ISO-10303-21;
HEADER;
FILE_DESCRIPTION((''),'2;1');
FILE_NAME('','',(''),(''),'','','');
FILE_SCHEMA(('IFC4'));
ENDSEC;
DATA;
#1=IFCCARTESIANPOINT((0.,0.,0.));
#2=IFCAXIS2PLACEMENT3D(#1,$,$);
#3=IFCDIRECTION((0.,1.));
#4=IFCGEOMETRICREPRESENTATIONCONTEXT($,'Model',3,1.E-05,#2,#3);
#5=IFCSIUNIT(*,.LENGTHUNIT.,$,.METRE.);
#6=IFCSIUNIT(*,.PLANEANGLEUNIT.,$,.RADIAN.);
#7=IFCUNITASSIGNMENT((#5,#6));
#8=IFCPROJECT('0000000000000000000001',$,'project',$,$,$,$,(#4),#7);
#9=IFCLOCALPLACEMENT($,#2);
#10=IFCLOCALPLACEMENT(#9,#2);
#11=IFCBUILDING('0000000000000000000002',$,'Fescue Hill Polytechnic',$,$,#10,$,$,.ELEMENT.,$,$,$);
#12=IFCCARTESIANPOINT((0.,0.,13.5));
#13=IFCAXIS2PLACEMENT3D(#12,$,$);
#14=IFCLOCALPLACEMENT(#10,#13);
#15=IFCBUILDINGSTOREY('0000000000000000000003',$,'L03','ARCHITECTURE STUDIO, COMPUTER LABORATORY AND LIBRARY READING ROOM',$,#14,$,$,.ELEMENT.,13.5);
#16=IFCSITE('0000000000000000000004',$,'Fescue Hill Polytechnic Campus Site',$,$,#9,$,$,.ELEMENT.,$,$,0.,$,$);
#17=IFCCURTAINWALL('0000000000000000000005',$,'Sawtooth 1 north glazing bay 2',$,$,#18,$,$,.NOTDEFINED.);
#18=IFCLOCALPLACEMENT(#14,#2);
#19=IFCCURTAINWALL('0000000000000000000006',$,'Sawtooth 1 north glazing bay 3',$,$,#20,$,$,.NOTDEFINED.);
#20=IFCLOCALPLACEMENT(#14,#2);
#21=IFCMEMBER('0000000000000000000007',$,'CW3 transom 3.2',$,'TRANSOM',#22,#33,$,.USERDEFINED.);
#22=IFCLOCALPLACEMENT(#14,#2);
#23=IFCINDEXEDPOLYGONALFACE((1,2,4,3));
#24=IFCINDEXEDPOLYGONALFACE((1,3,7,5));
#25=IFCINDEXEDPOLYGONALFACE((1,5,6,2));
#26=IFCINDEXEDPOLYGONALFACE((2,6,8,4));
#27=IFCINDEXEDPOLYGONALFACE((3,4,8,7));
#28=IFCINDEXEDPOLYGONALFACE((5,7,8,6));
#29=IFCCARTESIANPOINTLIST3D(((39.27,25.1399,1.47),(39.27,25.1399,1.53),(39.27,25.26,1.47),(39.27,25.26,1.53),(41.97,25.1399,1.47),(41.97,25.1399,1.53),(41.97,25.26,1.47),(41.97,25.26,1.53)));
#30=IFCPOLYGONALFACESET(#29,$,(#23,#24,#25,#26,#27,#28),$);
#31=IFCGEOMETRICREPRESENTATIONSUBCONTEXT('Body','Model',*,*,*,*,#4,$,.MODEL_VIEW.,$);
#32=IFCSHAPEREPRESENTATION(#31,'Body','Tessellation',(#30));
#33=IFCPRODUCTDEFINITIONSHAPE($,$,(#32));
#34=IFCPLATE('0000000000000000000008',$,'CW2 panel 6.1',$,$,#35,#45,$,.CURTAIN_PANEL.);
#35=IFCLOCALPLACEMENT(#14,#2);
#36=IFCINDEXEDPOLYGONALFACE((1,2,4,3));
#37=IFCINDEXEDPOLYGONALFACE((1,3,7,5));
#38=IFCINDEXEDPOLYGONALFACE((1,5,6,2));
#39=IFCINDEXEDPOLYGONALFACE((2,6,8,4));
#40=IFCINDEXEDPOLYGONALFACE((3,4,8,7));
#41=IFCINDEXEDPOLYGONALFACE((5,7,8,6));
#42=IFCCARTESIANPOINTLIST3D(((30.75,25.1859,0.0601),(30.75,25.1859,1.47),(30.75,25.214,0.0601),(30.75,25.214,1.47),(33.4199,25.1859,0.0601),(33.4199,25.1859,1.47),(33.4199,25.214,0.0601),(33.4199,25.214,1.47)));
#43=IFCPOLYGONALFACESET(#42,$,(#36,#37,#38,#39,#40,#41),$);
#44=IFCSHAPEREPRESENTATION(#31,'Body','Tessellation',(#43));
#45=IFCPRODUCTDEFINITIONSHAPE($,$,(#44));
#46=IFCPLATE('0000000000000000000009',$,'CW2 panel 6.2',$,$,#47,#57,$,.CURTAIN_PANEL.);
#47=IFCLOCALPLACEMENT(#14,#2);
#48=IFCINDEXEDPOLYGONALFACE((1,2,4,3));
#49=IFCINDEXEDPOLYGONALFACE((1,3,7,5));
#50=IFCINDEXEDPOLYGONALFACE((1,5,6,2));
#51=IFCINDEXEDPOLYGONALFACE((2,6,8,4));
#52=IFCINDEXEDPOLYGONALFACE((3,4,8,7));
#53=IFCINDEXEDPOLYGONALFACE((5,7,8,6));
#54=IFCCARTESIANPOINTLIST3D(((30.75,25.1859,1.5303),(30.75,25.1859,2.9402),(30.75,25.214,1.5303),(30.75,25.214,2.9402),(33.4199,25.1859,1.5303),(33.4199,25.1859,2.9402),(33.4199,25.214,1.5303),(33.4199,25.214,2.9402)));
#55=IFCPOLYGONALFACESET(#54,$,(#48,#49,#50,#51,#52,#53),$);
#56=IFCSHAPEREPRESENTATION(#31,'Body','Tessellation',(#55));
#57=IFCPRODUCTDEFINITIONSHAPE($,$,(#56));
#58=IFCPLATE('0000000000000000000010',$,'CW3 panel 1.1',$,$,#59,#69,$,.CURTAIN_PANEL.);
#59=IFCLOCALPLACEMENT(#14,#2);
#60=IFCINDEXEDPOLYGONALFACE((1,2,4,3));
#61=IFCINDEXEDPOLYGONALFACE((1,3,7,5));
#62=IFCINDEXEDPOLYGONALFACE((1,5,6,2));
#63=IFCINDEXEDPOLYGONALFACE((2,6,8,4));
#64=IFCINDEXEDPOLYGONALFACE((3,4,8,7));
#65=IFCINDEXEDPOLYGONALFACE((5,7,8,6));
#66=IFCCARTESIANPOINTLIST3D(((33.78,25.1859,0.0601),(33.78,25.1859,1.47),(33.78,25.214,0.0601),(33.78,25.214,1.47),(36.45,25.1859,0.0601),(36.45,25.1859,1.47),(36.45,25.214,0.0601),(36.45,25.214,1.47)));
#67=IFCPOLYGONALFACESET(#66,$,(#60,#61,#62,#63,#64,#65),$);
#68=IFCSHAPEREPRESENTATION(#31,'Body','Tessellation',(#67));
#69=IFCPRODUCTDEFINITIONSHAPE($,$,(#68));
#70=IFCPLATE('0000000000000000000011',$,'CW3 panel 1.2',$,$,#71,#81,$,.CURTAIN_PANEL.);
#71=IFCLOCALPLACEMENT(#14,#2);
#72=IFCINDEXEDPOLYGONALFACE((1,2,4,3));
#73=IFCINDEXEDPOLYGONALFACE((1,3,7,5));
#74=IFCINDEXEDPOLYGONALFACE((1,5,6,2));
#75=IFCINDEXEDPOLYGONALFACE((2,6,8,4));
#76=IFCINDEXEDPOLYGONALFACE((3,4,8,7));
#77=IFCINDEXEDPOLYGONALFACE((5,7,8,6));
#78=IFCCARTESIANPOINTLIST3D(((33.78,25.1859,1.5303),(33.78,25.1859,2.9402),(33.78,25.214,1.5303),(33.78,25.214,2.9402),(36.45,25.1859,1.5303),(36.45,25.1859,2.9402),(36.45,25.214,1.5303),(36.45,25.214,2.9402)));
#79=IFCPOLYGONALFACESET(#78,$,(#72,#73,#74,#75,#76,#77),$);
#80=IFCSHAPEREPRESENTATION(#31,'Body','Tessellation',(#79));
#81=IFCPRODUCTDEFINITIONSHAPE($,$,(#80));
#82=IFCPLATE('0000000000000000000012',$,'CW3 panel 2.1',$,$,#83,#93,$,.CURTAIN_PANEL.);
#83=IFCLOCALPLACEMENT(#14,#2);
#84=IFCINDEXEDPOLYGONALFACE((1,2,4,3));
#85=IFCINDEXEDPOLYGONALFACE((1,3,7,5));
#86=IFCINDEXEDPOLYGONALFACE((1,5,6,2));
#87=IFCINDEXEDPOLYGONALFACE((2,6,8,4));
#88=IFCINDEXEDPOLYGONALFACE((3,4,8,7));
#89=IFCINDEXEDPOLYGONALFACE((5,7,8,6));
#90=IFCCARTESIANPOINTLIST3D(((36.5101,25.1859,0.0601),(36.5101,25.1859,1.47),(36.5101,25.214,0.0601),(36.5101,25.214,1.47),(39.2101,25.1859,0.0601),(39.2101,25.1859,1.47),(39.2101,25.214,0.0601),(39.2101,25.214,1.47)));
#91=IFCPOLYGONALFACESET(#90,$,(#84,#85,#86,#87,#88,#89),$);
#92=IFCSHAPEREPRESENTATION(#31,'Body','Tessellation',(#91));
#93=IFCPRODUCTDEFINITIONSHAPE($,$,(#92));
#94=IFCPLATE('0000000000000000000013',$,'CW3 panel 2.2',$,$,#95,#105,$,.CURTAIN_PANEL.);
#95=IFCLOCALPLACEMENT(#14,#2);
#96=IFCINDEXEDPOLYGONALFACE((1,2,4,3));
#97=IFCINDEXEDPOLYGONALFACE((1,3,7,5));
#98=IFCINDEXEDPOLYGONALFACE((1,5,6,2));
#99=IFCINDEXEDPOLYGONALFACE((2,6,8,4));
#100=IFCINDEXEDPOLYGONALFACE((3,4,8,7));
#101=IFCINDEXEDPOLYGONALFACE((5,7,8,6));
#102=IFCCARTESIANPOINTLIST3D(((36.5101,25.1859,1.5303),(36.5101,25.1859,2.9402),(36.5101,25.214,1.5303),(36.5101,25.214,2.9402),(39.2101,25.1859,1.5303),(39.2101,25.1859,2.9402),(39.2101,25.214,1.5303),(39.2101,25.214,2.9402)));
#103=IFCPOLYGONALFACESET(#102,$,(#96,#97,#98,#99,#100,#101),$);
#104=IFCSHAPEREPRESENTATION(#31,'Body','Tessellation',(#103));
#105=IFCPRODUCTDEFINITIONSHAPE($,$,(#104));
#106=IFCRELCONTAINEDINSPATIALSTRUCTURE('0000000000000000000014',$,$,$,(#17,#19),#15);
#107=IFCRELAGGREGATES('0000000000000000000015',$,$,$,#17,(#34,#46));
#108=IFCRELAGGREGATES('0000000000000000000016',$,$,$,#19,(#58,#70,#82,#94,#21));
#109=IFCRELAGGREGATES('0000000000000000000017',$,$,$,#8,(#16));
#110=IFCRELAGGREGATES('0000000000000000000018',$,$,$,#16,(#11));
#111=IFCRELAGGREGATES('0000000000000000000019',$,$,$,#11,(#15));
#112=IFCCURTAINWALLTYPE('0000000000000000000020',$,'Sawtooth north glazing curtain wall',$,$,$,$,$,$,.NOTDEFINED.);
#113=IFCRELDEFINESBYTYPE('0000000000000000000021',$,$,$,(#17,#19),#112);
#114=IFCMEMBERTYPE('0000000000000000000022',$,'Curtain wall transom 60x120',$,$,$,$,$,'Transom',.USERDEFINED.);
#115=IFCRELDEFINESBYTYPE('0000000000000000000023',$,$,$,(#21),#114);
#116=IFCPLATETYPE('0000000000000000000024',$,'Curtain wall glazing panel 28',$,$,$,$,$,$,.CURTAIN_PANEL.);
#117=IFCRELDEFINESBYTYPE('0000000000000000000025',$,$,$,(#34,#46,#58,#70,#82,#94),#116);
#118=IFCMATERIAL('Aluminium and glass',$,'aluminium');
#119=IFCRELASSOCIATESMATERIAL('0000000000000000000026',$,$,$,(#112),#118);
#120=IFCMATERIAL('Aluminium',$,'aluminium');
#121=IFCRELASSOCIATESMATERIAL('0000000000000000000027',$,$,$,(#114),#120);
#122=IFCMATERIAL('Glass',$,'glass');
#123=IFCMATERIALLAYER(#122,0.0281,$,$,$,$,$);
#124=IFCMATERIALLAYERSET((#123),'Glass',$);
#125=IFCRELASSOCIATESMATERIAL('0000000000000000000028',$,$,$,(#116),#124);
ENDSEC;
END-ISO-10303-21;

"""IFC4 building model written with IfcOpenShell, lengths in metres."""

from ifc_helpers import new_model, si_unit, direction, frame, origin, origin_2d, place, context, subcontext, project, spatial, rectangle, extrude, material, layer, layer_set, material_profile, profile_set, type_object, element, aggregate, save


model = new_model("IFC4")

# Units and contexts
model_context = context("Model", 3, precision=1e-05, world=origin(), true_north=direction((0.0, 1.0)))
body_context = subcontext(model_context, "Body", "Model", "MODEL_VIEW")
ifc_project = project(units=[si_unit("LENGTHUNIT", "METRE"), si_unit("PLANEANGLEUNIT", "RADIAN")], contexts=[model_context])

# Site, building, storey
site_placement = place(None, origin())
site = spatial("IfcSite", under=ifc_project, at=site_placement, Name="Fescue Hill Polytechnic Campus Site", CompositionType="ELEMENT", RefElevation=0.0)
building_placement = place(site_placement, origin())
building = spatial("IfcBuilding", under=site, at=building_placement, Name="Fescue Hill Polytechnic", CompositionType="ELEMENT")
storey_placement = place(building_placement, frame((0.0, 0.0, 13.5)))
storey = spatial("IfcBuildingStorey", under=building, at=storey_placement, Name="L03", Description="ARCHITECTURE STUDIO, COMPUTER LABORATORY AND LIBRARY READING ROOM", CompositionType="ELEMENT", Elevation=13.5)

# Curtain walls
ifc_material_1 = material(Name="Aluminium and glass", Category="aluminium")
curtain_wall_type = type_object("IfcCurtainWallType", Name="Sawtooth north glazing curtain wall", PredefinedType="NOTDEFINED", material=ifc_material_1)
curtain_wall_1_placement = place(storey_placement, origin())
curtain_wall_1 = element("IfcCurtainWall", 1, at=curtain_wall_1_placement, inside=storey, type_object=curtain_wall_type, Name="Sawtooth 1 north glazing bay 2", PredefinedType="NOTDEFINED")
ifc_material_2 = material(Name="Aluminium", Category="aluminium")
curtain_wall_2_placement = place(storey_placement, origin())
curtain_wall_2 = element("IfcCurtainWall", 2, at=curtain_wall_2_placement, inside=storey, type_object=curtain_wall_type, Name="Sawtooth 1 north glazing bay 3", PredefinedType="NOTDEFINED")

# Member
ifc_material_profile_1 = material_profile(ifc_material_2, rectangle(XDim=0.1201, YDim=0.0601, at=origin_2d()), Name="Curtain wall transom 60x120")
ifc_profile_set_1 = profile_set([ifc_material_profile_1], Name="Aluminium")
member_type_1 = type_object("IfcMemberType", Name="Curtain wall transom 60x120", ElementType="Transom", PredefinedType="USERDEFINED", material=ifc_profile_set_1)
member_1_placement = place(storey_placement, frame((39.27, 25.2, 1.5), z_axis=(1.0, 0.0, 0.0), x_axis=(0.0, 1.0, 0.0)))
member_1 = element("IfcMember", 3, at=member_1_placement, type_object=member_type_1, Name="CW3 transom 3.2", ObjectType="TRANSOM", PredefinedType="USERDEFINED", context=body_context, shape_type="SweptSolid", body=[
    extrude(rectangle(XDim=0.1201, YDim=0.0601, at=origin_2d()), origin(), (0.0, 0.0, 1.0), 2.7),
])

# Plates
ifc_material_3 = material(Name="Glass", Category="glass")
ifc_layer = layer(ifc_material_3, 0.0281)
ifc_layer_set = layer_set([ifc_layer], Name="Glass")
plate_type = type_object("IfcPlateType", Name="Curtain wall glazing panel 28", PredefinedType="CURTAIN_PANEL", material=ifc_layer_set)
plate_1_placement = place(storey_placement, frame((32.085, 25.2, 0.0601), z_axis=(0.0, 0.0, 1.0), x_axis=(1.0, 0.0, 0.0)))
plate_1 = element("IfcPlate", 4, at=plate_1_placement, type_object=plate_type, Name="CW2 panel 6.1", PredefinedType="CURTAIN_PANEL", context=body_context, shape_type="SweptSolid", body=[
    extrude(rectangle(XDim=2.6699, YDim=0.0281, at=origin_2d()), origin(), (0.0, 0.0, 1.0), 1.4099),
])
plate_2_placement = place(storey_placement, frame((32.085, 25.2, 1.5303), z_axis=(0.0, 0.0, 1.0), x_axis=(1.0, 0.0, 0.0)))
plate_2 = element("IfcPlate", 5, at=plate_2_placement, type_object=plate_type, Name="CW2 panel 6.2", PredefinedType="CURTAIN_PANEL", context=body_context, shape_type="SweptSolid", body=[
    extrude(rectangle(XDim=2.6699, YDim=0.0281, at=origin_2d()), origin(), (0.0, 0.0, 1.0), 1.4099),
])
aggregate(curtain_wall_1, [plate_1, plate_2])
plate_3_placement = place(storey_placement, frame((35.115, 25.2, 0.0601), z_axis=(0.0, 0.0, 1.0), x_axis=(1.0, 0.0, 0.0)))
plate_3 = element("IfcPlate", 6, at=plate_3_placement, type_object=plate_type, Name="CW3 panel 1.1", PredefinedType="CURTAIN_PANEL", context=body_context, shape_type="SweptSolid", body=[
    extrude(rectangle(XDim=2.6699, YDim=0.0281, at=origin_2d()), origin(), (0.0, 0.0, 1.0), 1.4099),
])
plate_4_placement = place(storey_placement, frame((35.115, 25.2, 1.5303), z_axis=(0.0, 0.0, 1.0), x_axis=(1.0, 0.0, 0.0)))
plate_4 = element("IfcPlate", 7, at=plate_4_placement, type_object=plate_type, Name="CW3 panel 1.2", PredefinedType="CURTAIN_PANEL", context=body_context, shape_type="SweptSolid", body=[
    extrude(rectangle(XDim=2.6699, YDim=0.0281, at=origin_2d()), origin(), (0.0, 0.0, 1.0), 1.4099),
])
plate_5_placement = place(storey_placement, frame((37.8601, 25.2, 0.0601), z_axis=(0.0, 0.0, 1.0), x_axis=(1.0, 0.0, 0.0)))
plate_5 = element("IfcPlate", 8, at=plate_5_placement, type_object=plate_type, Name="CW3 panel 2.1", PredefinedType="CURTAIN_PANEL", context=body_context, shape_type="SweptSolid", body=[
    extrude(rectangle(XDim=2.7, YDim=0.0281, at=origin_2d()), origin(), (0.0, 0.0, 1.0), 1.4099),
])
plate_6_placement = place(storey_placement, frame((37.8601, 25.2, 1.5303), z_axis=(0.0, 0.0, 1.0), x_axis=(1.0, 0.0, 0.0)))
plate_6 = element("IfcPlate", 9, at=plate_6_placement, type_object=plate_type, Name="CW3 panel 2.2", PredefinedType="CURTAIN_PANEL", context=body_context, shape_type="SweptSolid", body=[
    extrude(rectangle(XDim=2.7, YDim=0.0281, at=origin_2d()), origin(), (0.0, 0.0, 1.0), 1.4099),
])
aggregate(curtain_wall_2, [plate_3, plate_4, plate_5, plate_6, member_1])

save(model, "model.ifc")
